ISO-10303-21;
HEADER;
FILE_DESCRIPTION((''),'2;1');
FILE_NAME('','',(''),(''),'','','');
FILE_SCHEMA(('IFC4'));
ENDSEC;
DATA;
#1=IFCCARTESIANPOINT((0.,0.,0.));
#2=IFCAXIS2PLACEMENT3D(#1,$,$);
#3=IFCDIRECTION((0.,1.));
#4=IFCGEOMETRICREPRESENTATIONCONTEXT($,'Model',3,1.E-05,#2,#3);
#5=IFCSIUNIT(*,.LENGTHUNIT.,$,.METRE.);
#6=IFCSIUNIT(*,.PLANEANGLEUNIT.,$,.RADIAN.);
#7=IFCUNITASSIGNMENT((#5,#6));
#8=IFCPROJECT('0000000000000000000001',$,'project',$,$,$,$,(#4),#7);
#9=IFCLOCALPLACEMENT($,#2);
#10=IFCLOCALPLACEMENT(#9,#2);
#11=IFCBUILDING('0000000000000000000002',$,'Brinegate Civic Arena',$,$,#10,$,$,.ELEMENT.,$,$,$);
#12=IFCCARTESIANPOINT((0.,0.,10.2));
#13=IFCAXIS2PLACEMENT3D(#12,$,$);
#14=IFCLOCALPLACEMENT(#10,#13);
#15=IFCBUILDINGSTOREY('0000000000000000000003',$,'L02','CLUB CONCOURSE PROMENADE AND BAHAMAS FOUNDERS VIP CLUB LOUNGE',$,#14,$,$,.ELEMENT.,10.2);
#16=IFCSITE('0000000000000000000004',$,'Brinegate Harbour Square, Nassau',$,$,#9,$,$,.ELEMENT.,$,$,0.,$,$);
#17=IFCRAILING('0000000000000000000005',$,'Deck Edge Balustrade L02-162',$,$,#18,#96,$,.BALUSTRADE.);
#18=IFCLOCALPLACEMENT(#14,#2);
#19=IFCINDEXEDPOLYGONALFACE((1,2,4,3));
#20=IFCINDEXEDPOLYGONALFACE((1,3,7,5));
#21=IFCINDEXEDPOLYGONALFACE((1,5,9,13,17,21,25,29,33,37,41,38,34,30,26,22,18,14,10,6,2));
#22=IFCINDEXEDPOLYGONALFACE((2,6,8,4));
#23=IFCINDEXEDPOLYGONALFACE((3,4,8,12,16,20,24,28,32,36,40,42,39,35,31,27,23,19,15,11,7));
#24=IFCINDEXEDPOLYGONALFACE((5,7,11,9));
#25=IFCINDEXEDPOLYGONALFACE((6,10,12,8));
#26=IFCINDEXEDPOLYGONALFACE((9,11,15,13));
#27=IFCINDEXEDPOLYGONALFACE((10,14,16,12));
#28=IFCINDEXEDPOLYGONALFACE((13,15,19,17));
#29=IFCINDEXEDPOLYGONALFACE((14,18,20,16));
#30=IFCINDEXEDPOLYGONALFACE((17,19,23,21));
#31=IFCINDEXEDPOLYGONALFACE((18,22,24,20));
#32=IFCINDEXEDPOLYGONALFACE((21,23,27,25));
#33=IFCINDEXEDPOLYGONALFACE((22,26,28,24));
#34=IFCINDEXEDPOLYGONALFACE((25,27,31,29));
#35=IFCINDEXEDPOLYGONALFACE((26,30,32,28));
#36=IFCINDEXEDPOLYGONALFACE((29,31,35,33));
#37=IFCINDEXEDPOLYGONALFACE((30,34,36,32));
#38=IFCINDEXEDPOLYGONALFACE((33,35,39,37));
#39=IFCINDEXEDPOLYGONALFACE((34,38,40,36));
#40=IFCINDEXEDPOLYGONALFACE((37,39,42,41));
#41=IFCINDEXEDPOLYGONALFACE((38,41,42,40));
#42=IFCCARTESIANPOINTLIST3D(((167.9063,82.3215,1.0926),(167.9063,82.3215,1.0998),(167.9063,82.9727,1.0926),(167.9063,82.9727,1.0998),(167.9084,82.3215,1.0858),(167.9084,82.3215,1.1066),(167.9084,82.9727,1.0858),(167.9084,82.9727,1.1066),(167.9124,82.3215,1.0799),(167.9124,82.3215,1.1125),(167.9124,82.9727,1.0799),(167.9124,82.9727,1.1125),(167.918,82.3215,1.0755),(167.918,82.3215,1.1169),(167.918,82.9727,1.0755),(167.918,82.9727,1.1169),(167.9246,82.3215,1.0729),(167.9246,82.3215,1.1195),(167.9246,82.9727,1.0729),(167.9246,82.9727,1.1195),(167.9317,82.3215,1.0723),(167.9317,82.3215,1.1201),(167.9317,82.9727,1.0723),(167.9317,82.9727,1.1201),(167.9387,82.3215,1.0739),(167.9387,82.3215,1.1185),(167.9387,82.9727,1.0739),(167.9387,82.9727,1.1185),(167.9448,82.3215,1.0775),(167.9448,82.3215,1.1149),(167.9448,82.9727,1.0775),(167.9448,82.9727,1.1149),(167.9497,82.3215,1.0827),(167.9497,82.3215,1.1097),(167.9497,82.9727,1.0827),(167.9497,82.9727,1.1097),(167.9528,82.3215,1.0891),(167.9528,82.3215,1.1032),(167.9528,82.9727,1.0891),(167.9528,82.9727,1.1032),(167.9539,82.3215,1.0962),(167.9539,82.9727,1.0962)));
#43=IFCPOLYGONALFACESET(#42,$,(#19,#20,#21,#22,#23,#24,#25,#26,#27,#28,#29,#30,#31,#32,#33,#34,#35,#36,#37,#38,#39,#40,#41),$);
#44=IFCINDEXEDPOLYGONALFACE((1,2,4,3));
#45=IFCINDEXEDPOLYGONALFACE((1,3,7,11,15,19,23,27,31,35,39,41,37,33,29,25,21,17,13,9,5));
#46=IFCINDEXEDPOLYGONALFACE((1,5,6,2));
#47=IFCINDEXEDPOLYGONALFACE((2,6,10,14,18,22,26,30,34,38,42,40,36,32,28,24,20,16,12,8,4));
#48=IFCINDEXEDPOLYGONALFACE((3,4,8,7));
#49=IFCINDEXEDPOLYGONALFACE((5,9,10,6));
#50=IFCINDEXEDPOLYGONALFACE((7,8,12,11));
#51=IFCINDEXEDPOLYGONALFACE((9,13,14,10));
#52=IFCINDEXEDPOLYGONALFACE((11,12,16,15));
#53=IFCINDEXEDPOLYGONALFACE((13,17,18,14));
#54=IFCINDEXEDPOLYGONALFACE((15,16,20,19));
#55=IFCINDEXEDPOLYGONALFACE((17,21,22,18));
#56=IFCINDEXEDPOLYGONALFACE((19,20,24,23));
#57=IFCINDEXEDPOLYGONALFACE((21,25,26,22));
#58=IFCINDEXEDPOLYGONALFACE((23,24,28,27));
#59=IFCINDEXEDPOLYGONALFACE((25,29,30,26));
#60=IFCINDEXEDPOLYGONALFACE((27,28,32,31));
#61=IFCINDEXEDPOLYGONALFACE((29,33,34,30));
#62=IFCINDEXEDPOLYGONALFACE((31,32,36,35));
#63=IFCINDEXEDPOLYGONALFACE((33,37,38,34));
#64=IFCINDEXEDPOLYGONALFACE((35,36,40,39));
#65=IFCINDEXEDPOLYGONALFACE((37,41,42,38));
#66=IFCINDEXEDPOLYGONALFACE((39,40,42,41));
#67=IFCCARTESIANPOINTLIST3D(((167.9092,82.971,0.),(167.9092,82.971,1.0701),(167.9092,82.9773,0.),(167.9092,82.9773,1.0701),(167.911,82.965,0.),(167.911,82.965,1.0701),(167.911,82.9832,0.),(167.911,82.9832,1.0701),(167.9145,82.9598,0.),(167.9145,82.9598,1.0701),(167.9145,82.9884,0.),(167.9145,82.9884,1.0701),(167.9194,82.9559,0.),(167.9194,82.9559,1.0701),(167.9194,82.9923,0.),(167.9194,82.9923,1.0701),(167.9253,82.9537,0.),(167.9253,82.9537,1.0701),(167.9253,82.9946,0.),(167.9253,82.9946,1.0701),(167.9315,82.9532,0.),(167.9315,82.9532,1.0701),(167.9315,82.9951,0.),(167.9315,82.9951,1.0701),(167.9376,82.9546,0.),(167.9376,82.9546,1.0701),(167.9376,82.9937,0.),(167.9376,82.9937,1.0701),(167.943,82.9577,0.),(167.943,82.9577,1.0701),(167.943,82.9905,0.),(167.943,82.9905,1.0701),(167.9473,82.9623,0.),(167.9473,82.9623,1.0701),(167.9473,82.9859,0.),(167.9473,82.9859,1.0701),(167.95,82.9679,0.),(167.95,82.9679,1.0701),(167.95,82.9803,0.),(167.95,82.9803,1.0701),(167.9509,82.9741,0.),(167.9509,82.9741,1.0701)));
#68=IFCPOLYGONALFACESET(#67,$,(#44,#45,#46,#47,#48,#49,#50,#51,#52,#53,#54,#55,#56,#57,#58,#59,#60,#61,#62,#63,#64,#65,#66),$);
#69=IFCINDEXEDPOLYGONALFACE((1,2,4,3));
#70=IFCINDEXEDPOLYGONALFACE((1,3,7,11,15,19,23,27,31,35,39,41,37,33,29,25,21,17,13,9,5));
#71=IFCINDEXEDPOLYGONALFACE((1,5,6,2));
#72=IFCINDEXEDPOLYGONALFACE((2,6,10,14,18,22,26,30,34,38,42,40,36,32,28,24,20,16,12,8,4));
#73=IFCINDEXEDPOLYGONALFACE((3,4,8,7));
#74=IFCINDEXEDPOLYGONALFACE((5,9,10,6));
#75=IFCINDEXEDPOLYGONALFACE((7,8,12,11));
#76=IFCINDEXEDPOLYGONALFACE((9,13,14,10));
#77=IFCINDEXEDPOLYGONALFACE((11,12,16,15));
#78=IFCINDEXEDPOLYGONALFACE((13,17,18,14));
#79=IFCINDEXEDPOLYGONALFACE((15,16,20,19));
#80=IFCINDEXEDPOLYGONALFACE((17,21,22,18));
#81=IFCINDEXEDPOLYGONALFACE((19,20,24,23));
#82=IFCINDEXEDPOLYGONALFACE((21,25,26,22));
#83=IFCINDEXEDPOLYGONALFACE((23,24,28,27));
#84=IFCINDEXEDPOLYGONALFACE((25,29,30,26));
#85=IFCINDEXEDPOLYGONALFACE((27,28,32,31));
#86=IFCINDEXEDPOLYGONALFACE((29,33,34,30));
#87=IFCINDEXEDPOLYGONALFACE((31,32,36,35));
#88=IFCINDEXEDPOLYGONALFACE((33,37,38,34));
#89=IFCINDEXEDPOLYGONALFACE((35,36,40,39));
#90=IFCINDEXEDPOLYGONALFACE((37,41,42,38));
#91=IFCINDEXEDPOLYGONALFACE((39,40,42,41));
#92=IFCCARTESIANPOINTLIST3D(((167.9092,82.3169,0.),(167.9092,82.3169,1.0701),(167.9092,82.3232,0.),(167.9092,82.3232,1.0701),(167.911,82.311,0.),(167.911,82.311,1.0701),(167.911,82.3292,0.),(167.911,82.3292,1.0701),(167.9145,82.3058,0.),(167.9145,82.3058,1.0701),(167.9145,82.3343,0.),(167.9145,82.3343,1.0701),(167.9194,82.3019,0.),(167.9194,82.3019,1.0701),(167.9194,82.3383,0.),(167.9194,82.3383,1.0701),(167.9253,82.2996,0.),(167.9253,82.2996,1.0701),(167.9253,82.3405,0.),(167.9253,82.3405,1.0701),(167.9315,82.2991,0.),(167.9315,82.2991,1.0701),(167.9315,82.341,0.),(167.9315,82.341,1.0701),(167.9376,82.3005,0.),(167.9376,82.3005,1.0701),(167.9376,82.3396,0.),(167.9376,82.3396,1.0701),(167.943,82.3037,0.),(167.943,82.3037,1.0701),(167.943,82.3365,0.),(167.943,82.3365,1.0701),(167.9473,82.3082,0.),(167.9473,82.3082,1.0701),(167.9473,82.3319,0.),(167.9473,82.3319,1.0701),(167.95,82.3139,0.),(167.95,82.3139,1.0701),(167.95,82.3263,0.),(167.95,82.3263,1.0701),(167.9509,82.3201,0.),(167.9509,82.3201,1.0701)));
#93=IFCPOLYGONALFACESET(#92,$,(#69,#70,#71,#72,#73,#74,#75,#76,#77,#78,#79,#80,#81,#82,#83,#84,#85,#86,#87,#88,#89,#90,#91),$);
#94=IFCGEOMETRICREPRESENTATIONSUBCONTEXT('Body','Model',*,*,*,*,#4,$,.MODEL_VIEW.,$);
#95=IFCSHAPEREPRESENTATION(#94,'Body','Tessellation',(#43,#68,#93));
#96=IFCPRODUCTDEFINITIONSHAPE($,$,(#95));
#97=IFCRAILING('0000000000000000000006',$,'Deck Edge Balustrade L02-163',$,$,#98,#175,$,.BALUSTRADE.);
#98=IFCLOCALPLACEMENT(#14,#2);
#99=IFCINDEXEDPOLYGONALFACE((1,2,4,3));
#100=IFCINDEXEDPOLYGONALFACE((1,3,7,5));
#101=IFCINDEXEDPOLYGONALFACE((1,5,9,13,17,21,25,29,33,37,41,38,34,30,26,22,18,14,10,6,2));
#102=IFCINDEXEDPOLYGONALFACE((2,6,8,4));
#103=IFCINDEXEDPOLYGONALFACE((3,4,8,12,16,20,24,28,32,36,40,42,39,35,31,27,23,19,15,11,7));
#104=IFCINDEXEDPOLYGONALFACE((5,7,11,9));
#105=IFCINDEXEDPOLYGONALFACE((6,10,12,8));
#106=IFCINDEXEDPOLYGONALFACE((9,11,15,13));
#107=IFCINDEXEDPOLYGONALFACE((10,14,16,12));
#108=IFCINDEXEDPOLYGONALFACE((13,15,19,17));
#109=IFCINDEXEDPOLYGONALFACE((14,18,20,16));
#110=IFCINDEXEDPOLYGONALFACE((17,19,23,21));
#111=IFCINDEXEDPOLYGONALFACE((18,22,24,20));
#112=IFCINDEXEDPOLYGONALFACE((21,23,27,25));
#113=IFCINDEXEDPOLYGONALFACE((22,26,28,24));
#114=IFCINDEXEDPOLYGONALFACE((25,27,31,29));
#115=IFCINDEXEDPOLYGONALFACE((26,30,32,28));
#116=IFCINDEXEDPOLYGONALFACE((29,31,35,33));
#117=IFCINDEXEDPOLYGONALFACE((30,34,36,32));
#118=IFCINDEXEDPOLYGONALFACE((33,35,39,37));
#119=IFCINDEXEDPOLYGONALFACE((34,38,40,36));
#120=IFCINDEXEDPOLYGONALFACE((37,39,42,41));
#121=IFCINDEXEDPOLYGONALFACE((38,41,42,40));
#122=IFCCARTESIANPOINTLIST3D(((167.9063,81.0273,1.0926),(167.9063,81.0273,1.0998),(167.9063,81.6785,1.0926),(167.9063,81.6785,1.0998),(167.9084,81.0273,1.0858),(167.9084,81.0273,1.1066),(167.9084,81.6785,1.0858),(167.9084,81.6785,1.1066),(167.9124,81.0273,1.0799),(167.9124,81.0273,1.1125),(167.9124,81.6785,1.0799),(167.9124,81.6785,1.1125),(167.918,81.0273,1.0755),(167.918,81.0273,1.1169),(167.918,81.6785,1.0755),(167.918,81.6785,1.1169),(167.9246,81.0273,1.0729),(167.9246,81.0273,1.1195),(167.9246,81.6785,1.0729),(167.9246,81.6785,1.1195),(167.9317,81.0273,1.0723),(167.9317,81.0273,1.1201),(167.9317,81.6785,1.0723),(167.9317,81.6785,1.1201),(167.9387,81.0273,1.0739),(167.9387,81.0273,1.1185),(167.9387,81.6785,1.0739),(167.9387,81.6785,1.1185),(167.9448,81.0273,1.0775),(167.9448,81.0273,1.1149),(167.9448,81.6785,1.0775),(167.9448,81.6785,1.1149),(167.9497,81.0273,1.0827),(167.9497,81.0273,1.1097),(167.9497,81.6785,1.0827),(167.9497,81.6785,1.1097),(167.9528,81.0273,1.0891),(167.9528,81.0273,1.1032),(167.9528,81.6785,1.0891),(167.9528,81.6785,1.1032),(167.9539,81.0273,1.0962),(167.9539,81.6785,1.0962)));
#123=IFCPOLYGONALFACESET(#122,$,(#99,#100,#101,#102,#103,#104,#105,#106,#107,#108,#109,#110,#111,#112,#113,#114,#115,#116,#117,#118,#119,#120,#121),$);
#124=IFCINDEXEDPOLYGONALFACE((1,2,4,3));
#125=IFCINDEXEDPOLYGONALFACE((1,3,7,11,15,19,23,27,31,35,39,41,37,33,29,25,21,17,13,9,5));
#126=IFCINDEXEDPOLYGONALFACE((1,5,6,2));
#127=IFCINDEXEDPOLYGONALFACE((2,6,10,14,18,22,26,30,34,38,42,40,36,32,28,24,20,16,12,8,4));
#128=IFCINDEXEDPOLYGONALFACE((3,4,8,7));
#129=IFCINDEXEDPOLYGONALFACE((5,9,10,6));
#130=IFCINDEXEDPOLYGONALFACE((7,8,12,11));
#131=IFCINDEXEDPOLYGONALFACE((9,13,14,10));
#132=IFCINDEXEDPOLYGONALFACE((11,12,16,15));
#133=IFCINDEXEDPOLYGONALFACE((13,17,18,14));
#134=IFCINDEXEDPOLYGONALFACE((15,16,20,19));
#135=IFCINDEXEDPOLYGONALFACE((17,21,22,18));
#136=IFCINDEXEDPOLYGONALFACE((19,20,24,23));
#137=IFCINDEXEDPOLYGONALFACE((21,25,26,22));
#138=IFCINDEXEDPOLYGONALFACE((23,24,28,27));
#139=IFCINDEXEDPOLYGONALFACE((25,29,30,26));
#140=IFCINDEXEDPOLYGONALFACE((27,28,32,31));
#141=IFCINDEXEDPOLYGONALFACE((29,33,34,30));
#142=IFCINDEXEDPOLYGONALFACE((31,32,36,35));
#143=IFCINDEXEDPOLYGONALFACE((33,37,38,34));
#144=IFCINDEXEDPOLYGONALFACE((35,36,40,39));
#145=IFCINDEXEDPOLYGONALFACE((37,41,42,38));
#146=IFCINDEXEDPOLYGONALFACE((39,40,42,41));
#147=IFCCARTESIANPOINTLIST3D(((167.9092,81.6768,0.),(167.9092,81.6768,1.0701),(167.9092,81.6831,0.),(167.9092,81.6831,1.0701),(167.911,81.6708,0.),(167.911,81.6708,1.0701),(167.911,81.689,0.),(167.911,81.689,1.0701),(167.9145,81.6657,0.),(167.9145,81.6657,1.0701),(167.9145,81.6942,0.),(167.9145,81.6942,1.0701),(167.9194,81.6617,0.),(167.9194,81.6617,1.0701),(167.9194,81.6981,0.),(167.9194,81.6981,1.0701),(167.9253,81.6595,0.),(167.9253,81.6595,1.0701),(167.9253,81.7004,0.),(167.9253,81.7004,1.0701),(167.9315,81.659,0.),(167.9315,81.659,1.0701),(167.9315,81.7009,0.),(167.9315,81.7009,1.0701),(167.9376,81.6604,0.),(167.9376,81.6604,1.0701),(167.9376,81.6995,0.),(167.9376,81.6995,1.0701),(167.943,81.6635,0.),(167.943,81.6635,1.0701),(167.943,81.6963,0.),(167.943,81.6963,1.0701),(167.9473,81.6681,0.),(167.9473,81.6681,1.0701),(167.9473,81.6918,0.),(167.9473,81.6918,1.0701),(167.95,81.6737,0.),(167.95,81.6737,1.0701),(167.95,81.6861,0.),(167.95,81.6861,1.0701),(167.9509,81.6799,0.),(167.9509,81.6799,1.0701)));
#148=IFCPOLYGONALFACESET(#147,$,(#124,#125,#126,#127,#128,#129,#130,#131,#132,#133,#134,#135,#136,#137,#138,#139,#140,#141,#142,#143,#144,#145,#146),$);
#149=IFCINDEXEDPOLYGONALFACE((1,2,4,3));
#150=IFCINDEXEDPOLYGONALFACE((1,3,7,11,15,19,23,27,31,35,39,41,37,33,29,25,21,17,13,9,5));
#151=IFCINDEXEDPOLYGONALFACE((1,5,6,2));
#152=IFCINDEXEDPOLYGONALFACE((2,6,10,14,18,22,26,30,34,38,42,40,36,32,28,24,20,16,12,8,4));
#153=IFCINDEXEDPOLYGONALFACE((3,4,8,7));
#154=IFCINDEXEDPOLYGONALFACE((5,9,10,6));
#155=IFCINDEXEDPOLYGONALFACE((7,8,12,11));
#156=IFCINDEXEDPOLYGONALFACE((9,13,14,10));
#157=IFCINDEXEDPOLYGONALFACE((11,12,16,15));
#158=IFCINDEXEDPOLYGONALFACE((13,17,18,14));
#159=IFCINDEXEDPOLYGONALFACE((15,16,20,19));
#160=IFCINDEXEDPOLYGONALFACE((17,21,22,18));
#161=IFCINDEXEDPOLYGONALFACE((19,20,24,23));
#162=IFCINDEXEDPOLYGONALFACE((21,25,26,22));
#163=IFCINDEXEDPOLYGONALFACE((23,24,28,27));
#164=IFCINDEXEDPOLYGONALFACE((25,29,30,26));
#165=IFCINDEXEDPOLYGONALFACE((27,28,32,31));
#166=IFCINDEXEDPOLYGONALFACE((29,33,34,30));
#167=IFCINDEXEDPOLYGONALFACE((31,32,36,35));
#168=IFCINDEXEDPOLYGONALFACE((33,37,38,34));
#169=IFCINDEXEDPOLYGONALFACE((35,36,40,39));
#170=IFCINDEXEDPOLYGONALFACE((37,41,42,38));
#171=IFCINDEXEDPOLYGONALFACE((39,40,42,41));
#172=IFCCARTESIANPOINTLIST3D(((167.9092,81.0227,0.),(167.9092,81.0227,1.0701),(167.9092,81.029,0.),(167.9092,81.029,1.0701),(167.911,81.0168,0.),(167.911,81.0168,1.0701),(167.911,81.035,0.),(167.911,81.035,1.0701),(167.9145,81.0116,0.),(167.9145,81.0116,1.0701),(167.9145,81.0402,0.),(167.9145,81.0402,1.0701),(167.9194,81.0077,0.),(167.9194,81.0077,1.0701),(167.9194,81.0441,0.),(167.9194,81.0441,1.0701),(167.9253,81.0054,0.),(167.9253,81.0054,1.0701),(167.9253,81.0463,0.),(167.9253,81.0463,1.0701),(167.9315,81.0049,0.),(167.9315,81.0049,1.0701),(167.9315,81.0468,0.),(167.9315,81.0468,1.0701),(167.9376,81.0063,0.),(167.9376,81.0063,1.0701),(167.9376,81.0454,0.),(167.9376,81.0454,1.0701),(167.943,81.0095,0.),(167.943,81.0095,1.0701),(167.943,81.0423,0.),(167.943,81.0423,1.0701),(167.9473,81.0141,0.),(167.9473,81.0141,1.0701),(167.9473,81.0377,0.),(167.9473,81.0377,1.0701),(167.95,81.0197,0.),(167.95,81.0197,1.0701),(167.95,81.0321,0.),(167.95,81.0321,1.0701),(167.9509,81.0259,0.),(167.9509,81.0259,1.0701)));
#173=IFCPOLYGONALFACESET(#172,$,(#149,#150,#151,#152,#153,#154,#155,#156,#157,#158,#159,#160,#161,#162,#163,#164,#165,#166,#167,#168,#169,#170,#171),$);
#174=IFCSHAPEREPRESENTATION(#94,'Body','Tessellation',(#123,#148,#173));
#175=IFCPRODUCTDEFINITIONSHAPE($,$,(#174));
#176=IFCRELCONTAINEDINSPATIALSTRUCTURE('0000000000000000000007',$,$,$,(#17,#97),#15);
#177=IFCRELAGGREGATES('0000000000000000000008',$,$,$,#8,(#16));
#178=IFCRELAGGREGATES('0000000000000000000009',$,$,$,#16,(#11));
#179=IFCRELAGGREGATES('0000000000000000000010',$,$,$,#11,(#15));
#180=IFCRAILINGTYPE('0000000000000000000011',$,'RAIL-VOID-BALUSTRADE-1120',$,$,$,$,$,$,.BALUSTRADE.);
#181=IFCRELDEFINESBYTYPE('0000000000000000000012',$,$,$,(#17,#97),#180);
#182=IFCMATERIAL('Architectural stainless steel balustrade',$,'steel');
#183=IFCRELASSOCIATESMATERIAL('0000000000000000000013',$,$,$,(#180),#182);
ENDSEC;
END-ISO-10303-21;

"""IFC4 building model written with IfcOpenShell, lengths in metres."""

from ifc_helpers import new_model, si_unit, direction, frame, origin, origin_2d, place, context, subcontext, project, spatial, circle, extrude, material, type_object, element, save


model = new_model("IFC4")

# Units and contexts
model_context = context("Model", 3, precision=1e-05, world=origin(), true_north=direction((0.0, 1.0)))
body_context = subcontext(model_context, "Body", "Model", "MODEL_VIEW")
ifc_project = project(units=[si_unit("LENGTHUNIT", "METRE"), si_unit("PLANEANGLEUNIT", "RADIAN")], contexts=[model_context])

# Site, building, storey
site_placement = place(None, origin())
site = spatial("IfcSite", under=ifc_project, at=site_placement, Name="Brinegate Harbour Square, Nassau", CompositionType="ELEMENT", RefElevation=0.0)
building_placement = place(site_placement, origin())
building = spatial("IfcBuilding", under=site, at=building_placement, Name="Brinegate Civic Arena", CompositionType="ELEMENT")
storey_placement = place(building_placement, frame((0.0, 0.0, 10.2)))
storey = spatial("IfcBuildingStorey", under=building, at=storey_placement, Name="L02", Description="CLUB CONCOURSE PROMENADE AND BAHAMAS FOUNDERS VIP CLUB LOUNGE", CompositionType="ELEMENT", Elevation=10.2)

# Railings
ifc_material_1 = material(Name="Architectural stainless steel balustrade", Category="steel")
railing_type = type_object("IfcRailingType", Name="RAIL-VOID-BALUSTRADE-1120", PredefinedType="BALUSTRADE", material=ifc_material_1)
for number, where, name in (
    (1, (167.9299, 82.9741, 0.0), "Deck Edge Balustrade L02-162"),
    (2, (167.9299, 81.6799, 0.0), "Deck Edge Balustrade L02-163"),
):
    element("IfcRailing", number, at=place(storey_placement, frame(where)), inside=storey, type_object=railing_type, Name=name, PredefinedType="BALUSTRADE", context=body_context, shape_type="SweptSolid", body=[
        extrude(circle(Radius=0.0239, at=origin_2d()), frame((0.0, -0.0015, 1.0962), z_axis=(0.0, -1.0, 0.0), x_axis=(1.0, 0.0, 0.0)), (0.0, 0.0, 1.0), 0.6511),
        extrude(circle(Radius=0.021, at=origin_2d()), origin(), (0.0, 0.0, 1.0), 1.0701),
        extrude(circle(Radius=0.021, at=origin_2d()), frame((0.0, -0.6541, 0.0)), (0.0, 0.0, 1.0), 1.0701),
    ])

save(model, "model.ifc")
